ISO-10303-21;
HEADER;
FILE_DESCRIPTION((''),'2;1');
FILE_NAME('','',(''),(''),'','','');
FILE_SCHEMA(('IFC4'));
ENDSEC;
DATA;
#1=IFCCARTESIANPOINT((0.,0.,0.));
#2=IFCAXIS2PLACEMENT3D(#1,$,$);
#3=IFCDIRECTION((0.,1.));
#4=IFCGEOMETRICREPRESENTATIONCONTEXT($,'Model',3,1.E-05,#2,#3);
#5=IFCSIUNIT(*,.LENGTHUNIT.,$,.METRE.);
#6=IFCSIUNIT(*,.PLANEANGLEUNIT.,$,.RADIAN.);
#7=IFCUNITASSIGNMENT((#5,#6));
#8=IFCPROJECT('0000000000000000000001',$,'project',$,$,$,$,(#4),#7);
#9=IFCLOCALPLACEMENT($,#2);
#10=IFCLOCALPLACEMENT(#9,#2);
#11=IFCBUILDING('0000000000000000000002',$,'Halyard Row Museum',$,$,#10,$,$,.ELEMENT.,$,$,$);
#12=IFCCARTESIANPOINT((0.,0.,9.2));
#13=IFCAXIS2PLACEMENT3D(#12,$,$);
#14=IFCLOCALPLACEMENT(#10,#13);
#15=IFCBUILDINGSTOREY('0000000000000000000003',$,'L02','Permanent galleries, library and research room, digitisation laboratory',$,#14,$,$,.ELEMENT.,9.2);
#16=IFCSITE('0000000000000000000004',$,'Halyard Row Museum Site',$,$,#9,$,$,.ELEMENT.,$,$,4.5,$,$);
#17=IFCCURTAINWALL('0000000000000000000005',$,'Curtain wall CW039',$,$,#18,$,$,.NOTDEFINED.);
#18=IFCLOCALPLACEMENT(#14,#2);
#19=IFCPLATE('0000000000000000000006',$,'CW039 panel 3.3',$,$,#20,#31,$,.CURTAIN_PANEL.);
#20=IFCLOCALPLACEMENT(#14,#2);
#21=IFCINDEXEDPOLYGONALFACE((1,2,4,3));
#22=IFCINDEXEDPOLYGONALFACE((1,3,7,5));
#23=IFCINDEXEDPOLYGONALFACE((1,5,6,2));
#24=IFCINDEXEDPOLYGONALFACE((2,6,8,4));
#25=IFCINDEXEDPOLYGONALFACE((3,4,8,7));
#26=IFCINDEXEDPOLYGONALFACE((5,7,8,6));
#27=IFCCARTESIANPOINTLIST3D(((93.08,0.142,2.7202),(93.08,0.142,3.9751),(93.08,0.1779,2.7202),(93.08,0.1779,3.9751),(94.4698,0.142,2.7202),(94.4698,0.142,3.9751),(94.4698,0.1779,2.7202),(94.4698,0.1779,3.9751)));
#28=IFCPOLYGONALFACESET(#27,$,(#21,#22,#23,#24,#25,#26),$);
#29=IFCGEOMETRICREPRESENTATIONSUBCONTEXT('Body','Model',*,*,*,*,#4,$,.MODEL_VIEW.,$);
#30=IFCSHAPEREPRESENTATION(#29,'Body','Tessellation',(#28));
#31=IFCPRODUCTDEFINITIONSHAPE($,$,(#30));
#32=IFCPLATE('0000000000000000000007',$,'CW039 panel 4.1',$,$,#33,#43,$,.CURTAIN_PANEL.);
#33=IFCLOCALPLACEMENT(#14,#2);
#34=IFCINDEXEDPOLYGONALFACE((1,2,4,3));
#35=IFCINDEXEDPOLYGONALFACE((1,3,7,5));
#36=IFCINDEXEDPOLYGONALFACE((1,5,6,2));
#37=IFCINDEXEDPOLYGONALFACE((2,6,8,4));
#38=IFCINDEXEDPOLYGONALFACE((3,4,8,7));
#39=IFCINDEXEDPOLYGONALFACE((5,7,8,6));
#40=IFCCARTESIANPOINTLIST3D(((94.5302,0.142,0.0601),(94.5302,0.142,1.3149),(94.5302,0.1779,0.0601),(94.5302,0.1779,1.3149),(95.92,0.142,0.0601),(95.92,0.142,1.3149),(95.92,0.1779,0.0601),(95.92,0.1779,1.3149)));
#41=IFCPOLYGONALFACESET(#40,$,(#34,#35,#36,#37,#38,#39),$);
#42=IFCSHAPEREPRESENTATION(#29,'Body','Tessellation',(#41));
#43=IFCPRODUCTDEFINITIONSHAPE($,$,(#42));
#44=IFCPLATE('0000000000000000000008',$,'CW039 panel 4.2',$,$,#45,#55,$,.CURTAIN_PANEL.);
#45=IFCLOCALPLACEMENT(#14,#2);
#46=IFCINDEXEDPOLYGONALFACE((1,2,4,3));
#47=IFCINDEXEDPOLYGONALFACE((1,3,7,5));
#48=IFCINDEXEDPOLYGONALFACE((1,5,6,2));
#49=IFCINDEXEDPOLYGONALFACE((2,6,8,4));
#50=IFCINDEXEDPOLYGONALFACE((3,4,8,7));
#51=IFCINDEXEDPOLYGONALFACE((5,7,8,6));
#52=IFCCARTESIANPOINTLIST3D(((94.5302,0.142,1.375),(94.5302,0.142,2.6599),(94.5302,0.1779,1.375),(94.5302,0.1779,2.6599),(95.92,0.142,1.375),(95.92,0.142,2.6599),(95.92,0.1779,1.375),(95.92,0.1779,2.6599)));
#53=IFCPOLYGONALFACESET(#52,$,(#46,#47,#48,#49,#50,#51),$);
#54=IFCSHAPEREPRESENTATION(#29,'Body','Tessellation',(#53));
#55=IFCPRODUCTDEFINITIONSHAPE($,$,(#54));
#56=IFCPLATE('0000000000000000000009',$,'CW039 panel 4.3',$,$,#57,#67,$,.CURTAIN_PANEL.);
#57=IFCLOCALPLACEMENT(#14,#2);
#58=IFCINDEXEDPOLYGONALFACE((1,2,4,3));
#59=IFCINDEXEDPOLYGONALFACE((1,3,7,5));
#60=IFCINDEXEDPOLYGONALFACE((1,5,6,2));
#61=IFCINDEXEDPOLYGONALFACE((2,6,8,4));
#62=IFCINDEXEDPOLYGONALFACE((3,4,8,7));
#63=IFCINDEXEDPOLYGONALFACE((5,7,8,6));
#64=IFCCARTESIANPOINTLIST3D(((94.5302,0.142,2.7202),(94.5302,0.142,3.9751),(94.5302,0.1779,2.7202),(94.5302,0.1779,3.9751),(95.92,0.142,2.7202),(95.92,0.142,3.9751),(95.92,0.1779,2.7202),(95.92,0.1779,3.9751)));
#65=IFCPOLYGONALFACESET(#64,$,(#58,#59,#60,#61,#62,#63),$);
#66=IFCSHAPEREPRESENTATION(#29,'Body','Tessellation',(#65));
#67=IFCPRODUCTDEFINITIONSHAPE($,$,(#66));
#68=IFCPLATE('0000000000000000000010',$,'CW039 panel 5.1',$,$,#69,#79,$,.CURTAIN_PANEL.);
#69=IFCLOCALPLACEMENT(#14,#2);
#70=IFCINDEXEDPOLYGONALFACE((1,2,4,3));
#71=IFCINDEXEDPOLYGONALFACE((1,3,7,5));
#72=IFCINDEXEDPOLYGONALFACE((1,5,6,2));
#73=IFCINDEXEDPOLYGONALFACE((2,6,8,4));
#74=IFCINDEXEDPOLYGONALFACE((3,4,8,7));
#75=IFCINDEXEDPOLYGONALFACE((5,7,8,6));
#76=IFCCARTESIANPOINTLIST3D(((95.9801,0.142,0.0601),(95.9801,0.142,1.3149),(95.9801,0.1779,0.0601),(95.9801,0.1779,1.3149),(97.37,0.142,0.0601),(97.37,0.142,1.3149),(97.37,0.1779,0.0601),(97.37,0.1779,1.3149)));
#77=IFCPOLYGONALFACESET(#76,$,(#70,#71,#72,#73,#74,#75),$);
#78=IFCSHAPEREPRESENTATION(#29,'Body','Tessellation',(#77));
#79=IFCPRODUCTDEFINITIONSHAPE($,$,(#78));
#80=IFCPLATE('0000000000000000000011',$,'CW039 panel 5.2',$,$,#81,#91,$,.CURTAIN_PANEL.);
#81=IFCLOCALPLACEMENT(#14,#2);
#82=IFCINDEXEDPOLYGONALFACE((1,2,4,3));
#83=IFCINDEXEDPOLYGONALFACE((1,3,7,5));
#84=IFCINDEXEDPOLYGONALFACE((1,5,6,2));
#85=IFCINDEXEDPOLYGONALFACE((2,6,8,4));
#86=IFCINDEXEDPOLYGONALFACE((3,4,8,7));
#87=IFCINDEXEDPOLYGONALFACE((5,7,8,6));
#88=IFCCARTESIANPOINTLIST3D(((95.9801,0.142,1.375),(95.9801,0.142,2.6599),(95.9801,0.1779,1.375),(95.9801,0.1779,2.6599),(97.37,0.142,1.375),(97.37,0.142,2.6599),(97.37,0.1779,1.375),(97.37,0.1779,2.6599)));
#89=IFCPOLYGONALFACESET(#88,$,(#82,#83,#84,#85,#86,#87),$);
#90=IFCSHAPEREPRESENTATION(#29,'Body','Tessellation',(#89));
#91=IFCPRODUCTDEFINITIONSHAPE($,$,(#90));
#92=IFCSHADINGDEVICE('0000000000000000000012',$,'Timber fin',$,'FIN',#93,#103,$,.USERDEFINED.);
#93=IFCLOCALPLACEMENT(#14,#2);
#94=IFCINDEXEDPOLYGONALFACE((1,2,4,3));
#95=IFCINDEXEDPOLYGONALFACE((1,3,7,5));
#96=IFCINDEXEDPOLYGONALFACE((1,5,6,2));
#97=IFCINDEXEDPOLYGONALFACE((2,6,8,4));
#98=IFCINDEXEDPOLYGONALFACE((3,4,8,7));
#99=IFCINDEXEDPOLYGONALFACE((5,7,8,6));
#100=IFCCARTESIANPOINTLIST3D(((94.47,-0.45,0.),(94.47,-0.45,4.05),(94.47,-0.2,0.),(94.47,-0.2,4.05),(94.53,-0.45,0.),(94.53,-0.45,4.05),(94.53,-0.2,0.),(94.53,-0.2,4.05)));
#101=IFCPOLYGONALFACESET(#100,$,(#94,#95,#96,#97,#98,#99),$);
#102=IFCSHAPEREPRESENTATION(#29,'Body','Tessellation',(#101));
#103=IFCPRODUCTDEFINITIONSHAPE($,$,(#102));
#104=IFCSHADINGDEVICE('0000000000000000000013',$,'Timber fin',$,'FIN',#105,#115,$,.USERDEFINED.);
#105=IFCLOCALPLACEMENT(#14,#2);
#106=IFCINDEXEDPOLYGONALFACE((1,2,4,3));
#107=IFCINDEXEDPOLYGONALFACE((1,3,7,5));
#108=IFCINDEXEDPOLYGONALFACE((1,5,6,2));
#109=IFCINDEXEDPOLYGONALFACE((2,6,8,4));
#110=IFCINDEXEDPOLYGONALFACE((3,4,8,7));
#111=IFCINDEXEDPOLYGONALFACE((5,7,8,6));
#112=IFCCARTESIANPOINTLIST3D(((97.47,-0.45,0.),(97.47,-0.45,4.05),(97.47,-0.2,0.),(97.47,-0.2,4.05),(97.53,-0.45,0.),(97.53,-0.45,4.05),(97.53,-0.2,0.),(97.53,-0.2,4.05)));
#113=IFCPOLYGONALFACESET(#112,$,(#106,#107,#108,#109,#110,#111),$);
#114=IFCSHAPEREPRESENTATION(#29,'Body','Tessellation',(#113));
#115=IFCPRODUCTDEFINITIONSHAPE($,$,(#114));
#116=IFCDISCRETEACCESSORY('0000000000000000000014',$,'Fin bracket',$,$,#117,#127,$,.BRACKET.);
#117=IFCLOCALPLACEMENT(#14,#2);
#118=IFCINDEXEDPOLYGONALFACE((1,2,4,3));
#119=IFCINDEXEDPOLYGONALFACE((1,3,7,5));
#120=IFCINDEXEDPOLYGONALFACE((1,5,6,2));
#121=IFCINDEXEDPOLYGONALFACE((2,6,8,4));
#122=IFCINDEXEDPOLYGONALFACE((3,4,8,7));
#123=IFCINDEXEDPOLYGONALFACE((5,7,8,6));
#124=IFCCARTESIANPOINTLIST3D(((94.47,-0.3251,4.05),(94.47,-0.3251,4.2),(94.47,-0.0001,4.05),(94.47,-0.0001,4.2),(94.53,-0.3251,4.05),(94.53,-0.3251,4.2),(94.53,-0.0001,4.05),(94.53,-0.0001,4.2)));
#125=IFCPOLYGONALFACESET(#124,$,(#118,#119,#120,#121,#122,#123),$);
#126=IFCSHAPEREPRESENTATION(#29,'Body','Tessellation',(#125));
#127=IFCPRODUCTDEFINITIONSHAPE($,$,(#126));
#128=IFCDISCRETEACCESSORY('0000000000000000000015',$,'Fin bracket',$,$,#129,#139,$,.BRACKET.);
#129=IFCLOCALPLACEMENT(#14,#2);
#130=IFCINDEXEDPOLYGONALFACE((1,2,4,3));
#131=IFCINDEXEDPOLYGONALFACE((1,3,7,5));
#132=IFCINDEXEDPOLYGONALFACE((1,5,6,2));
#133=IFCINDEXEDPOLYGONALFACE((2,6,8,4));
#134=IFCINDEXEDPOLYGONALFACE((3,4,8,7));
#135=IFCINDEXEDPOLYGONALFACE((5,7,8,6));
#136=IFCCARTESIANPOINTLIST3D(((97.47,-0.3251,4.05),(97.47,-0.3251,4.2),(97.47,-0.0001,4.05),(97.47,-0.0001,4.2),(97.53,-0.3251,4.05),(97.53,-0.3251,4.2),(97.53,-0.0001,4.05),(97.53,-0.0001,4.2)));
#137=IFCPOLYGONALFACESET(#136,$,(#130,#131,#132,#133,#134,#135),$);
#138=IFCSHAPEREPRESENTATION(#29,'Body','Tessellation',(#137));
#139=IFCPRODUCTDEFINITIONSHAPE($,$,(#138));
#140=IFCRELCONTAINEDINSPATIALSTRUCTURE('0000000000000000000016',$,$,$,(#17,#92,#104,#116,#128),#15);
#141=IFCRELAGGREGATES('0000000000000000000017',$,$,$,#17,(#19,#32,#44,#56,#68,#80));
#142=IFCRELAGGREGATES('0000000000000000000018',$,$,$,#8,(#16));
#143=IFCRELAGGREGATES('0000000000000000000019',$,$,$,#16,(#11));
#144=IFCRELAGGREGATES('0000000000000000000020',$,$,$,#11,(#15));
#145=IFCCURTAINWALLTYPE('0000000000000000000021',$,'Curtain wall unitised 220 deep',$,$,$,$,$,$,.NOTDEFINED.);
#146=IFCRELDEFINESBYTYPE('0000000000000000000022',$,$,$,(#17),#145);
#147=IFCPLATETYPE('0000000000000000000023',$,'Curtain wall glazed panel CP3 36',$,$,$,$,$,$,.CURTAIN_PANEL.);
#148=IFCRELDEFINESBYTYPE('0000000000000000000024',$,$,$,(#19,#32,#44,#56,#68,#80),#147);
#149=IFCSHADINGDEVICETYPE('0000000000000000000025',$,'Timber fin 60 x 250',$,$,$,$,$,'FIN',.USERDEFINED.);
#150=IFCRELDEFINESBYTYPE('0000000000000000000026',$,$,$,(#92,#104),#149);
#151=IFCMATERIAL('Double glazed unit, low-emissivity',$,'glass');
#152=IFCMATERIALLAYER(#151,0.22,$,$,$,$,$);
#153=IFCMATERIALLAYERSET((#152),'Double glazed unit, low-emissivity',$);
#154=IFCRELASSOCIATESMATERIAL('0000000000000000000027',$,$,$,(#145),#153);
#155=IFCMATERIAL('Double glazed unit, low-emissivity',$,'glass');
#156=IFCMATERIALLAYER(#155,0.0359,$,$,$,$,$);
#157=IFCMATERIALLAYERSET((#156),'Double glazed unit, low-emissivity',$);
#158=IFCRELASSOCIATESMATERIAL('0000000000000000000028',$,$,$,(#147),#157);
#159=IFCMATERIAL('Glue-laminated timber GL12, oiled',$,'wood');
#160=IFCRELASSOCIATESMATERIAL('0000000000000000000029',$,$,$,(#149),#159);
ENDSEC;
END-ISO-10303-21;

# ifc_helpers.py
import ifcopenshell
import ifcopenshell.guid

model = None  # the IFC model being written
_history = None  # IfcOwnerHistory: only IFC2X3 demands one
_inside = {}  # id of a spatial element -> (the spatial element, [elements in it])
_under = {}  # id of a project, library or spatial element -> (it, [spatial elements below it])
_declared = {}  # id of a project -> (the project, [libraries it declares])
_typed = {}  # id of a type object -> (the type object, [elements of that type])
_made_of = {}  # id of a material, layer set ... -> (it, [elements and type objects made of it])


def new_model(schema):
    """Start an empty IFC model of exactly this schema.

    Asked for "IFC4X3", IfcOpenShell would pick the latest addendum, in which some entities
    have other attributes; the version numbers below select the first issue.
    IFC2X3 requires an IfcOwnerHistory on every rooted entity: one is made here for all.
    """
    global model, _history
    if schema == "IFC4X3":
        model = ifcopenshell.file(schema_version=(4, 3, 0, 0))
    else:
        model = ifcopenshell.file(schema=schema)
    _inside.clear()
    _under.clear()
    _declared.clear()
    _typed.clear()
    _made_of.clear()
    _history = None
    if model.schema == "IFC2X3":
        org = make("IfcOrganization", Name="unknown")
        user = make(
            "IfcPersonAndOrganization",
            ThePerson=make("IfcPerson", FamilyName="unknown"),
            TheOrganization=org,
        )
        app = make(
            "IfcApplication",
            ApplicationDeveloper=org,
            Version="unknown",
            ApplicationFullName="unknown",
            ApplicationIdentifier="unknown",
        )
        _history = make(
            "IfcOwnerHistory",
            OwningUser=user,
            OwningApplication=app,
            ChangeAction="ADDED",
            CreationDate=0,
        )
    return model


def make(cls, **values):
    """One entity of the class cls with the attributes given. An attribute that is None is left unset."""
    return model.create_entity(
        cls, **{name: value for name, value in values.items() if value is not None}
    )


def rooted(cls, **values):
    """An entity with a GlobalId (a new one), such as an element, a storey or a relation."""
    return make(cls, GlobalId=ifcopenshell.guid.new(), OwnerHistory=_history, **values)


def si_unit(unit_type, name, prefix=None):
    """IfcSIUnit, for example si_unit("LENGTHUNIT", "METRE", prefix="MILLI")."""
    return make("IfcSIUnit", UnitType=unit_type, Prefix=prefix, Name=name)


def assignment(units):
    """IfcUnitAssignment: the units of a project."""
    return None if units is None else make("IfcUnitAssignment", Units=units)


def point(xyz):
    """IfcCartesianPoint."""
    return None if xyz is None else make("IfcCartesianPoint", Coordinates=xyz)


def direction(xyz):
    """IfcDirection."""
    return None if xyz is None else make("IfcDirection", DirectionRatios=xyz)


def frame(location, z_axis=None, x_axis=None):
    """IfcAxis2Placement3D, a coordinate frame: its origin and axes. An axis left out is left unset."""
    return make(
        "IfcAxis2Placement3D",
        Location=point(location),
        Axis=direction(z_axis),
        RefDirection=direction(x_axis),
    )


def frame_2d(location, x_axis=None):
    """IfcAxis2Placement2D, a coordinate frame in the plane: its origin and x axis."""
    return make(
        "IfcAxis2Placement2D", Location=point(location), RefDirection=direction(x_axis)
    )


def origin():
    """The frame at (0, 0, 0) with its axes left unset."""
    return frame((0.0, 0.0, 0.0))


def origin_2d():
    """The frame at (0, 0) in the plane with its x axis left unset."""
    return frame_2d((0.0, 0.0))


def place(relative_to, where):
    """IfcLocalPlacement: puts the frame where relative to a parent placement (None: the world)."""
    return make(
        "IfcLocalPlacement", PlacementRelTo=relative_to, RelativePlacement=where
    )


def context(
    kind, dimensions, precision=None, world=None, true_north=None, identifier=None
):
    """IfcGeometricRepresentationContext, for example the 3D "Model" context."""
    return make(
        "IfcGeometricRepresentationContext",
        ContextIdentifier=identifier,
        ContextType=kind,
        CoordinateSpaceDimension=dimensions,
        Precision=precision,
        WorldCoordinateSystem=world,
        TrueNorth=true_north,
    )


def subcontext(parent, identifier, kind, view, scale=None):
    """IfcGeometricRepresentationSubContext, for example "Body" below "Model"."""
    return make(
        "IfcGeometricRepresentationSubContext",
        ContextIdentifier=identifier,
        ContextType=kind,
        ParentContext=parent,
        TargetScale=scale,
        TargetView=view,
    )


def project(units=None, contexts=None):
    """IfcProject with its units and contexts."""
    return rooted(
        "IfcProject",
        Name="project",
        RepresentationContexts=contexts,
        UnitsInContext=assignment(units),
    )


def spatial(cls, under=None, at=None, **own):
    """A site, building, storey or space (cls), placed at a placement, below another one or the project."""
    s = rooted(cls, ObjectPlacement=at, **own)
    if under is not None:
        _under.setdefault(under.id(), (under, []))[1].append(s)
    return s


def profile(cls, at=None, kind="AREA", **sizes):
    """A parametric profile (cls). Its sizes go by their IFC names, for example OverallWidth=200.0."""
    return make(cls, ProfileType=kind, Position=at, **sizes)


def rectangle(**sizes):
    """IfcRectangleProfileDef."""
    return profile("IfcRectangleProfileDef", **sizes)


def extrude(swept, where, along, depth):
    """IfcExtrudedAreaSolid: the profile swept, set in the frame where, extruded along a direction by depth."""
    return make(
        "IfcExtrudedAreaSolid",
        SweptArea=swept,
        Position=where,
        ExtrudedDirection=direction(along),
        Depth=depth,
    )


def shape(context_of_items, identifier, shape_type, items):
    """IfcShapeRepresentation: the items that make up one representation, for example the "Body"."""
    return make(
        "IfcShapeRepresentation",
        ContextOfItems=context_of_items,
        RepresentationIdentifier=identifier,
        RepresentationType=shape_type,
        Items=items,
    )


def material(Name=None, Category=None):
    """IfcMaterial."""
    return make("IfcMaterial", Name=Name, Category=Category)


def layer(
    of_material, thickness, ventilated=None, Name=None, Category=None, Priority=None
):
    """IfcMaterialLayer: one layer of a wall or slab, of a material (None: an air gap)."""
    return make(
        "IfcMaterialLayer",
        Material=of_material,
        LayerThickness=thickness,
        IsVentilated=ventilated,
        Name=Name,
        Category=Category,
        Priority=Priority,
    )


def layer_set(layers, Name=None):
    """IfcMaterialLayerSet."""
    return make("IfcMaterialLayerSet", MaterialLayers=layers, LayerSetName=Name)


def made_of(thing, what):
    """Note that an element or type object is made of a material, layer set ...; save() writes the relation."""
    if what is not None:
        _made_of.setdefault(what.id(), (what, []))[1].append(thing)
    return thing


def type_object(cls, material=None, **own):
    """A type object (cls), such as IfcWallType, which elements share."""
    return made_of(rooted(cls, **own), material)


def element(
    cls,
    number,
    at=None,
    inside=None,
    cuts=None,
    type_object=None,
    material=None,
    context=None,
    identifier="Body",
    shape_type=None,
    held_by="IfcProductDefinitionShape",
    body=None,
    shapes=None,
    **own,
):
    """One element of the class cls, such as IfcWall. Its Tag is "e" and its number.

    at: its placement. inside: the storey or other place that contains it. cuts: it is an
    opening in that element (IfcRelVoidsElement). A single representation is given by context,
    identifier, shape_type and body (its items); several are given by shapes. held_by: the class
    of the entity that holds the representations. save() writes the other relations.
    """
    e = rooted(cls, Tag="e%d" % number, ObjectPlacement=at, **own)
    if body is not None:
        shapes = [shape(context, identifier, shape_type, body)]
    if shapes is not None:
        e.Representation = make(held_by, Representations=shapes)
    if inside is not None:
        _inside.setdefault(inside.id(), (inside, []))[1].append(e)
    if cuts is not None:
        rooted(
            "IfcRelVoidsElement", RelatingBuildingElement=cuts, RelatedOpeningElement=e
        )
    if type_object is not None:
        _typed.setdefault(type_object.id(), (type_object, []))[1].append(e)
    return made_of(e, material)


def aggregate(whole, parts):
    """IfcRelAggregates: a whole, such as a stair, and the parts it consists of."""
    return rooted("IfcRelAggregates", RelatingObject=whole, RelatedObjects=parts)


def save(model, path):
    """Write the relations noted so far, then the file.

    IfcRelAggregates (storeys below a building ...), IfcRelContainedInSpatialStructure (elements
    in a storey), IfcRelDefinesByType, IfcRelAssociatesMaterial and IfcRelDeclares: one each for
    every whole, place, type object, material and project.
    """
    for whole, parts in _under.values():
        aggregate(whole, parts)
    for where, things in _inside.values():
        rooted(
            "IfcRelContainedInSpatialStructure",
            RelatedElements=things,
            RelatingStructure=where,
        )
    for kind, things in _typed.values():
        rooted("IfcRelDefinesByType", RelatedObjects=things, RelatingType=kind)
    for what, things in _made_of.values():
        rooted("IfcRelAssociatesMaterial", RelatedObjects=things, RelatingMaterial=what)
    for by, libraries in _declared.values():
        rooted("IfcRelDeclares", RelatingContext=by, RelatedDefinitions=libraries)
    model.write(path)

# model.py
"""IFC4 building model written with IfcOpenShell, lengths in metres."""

from ifc_helpers import new_model, si_unit, direction, frame, origin, origin_2d, place, context, subcontext, project, spatial, rectangle, extrude, material, layer, layer_set, type_object, element, aggregate, save


model = new_model("IFC4")

# Units and contexts
model_context = context("Model", 3, precision=1e-05, world=origin(), true_north=direction((0.0, 1.0)))
body_context = subcontext(model_context, "Body", "Model", "MODEL_VIEW")
ifc_project = project(units=[si_unit("LENGTHUNIT", "METRE"), si_unit("PLANEANGLEUNIT", "RADIAN")], contexts=[model_context])

# Site, building, storey
site_placement = place(None, origin())
site = spatial("IfcSite", under=ifc_project, at=site_placement, Name="Halyard Row Museum Site", CompositionType="ELEMENT", RefElevation=4.5)
building_placement = place(site_placement, origin())
building = spatial("IfcBuilding", under=site, at=building_placement, Name="Halyard Row Museum", CompositionType="ELEMENT")
storey_placement = place(building_placement, frame((0.0, 0.0, 9.2)))
storey = spatial("IfcBuildingStorey", under=building, at=storey_placement, Name="L02", Description="Permanent galleries, library and research room, digitisation laboratory", CompositionType="ELEMENT", Elevation=9.2)

# Curtain wall
ifc_material_1 = material(Name="Double glazed unit, low-emissivity", Category="glass")
ifc_layer_1 = layer(ifc_material_1, 0.22)
ifc_layer_set_1 = layer_set([ifc_layer_1], Name="Double glazed unit, low-emissivity")
curtain_wall_type = type_object("IfcCurtainWallType", Name="Curtain wall unitised 220 deep", PredefinedType="NOTDEFINED", material=ifc_layer_set_1)
curtain_wall_placement = place(storey_placement, origin())
curtain_wall = element("IfcCurtainWall", 1, at=curtain_wall_placement, inside=storey, type_object=curtain_wall_type, Name="Curtain wall CW039", PredefinedType="NOTDEFINED")

# Plates
ifc_material_2 = material(Name="Double glazed unit, low-emissivity", Category="glass")
ifc_layer_2 = layer(ifc_material_2, 0.0359)
ifc_layer_set_2 = layer_set([ifc_layer_2], Name="Double glazed unit, low-emissivity")
plate_type = type_object("IfcPlateType", Name="Curtain wall glazed panel CP3 36", PredefinedType="CURTAIN_PANEL", material=ifc_layer_set_2)
plate_1_placement = place(storey_placement, frame((93.7749, 0.1599, 2.7202), z_axis=(0.0, 0.0, 1.0), x_axis=(1.0, 0.0, 0.0)))
plate_1 = element("IfcPlate", 2, at=plate_1_placement, type_object=plate_type, Name="CW039 panel 3.3", PredefinedType="CURTAIN_PANEL", context=body_context, shape_type="SweptSolid", body=[
    extrude(rectangle(XDim=1.3899, YDim=0.0359, at=origin_2d()), origin(), (0.0, 0.0, 1.0), 1.2549),
])
plate_2_placement = place(storey_placement, frame((95.2251, 0.1599, 0.0601), z_axis=(0.0, 0.0, 1.0), x_axis=(1.0, 0.0, 0.0)))
plate_2 = element("IfcPlate", 3, at=plate_2_placement, type_object=plate_type, Name="CW039 panel 4.1", PredefinedType="CURTAIN_PANEL", context=body_context, shape_type="SweptSolid", body=[
    extrude(rectangle(XDim=1.3899, YDim=0.0359, at=origin_2d()), origin(), (0.0, 0.0, 1.0), 1.2549),
])
plate_3_placement = place(storey_placement, frame((95.2251, 0.1599, 1.375), z_axis=(0.0, 0.0, 1.0), x_axis=(1.0, 0.0, 0.0)))
plate_3 = element("IfcPlate", 4, at=plate_3_placement, type_object=plate_type, Name="CW039 panel 4.2", PredefinedType="CURTAIN_PANEL", context=body_context, shape_type="SweptSolid", body=[
    extrude(rectangle(XDim=1.3899, YDim=0.0359, at=origin_2d()), origin(), (0.0, 0.0, 1.0), 1.2849),
])
plate_4_placement = place(storey_placement, frame((95.2251, 0.1599, 2.7202), z_axis=(0.0, 0.0, 1.0), x_axis=(1.0, 0.0, 0.0)))
plate_4 = element("IfcPlate", 5, at=plate_4_placement, type_object=plate_type, Name="CW039 panel 4.3", PredefinedType="CURTAIN_PANEL", context=body_context, shape_type="SweptSolid", body=[
    extrude(rectangle(XDim=1.3899, YDim=0.0359, at=origin_2d()), origin(), (0.0, 0.0, 1.0), 1.2549),
])
plate_5_placement = place(storey_placement, frame((96.675, 0.1599, 0.0601), z_axis=(0.0, 0.0, 1.0), x_axis=(1.0, 0.0, 0.0)))
plate_5 = element("IfcPlate", 6, at=plate_5_placement, type_object=plate_type, Name="CW039 panel 5.1", PredefinedType="CURTAIN_PANEL", context=body_context, shape_type="SweptSolid", body=[
    extrude(rectangle(XDim=1.3899, YDim=0.0359, at=origin_2d()), origin(), (0.0, 0.0, 1.0), 1.2549),
])
plate_6_placement = place(storey_placement, frame((96.675, 0.1599, 1.375), z_axis=(0.0, 0.0, 1.0), x_axis=(1.0, 0.0, 0.0)))
plate_6 = element("IfcPlate", 7, at=plate_6_placement, type_object=plate_type, Name="CW039 panel 5.2", PredefinedType="CURTAIN_PANEL", context=body_context, shape_type="SweptSolid", body=[
    extrude(rectangle(XDim=1.3899, YDim=0.0359, at=origin_2d()), origin(), (0.0, 0.0, 1.0), 1.2849),
])
aggregate(curtain_wall, [plate_1, plate_2, plate_3, plate_4, plate_5, plate_6])

# Shading devices
ifc_material_3 = material(Name="Glue-laminated timber GL12, oiled", Category="wood")
shading_device_type = type_object("IfcShadingDeviceType", Name="Timber fin 60 x 250", ElementType="FIN", PredefinedType="USERDEFINED", material=ifc_material_3)
for number, where, z_axis, x_axis, name in (
    (8, (94.5, -0.325, 0.0), (0.0, 0.0, 1.0), (1.0, 0.0, 0.0), "Timber fin"),
    (9, (97.5, -0.325, 0.0), (0.0, 0.0, 1.0), (1.0, 0.0, 0.0), "Timber fin"),
):
    element("IfcShadingDevice", number, at=place(storey_placement, frame(where, z_axis=z_axis, x_axis=x_axis)), inside=storey, type_object=shading_device_type, Name=name, ObjectType="FIN", PredefinedType="USERDEFINED", context=body_context, shape_type="SweptSolid", body=[
        extrude(rectangle(XDim=0.0601, YDim=0.25, at=origin_2d()), origin(), (0.0, 0.0, 1.0), 4.05),
    ])

# Discrete accessories
for number, where, z_axis, x_axis, name in (
    (10, (94.5, -0.1626, 4.05), (0.0, 0.0, 1.0), (1.0, 0.0, 0.0), "Fin bracket"),
    (11, (97.5, -0.1626, 4.05), (0.0, 0.0, 1.0), (1.0, 0.0, 0.0), "Fin bracket"),
):
    element("IfcDiscreteAccessory", number, at=place(storey_placement, frame(where, z_axis=z_axis, x_axis=x_axis)), inside=storey, Name=name, PredefinedType="BRACKET", context=body_context, shape_type="SweptSolid", body=[
        extrude(rectangle(XDim=0.0601, YDim=0.325, at=origin_2d()), origin(), (0.0, 0.0, 1.0), 0.1499),
    ])

save(model, "model.ifc")
